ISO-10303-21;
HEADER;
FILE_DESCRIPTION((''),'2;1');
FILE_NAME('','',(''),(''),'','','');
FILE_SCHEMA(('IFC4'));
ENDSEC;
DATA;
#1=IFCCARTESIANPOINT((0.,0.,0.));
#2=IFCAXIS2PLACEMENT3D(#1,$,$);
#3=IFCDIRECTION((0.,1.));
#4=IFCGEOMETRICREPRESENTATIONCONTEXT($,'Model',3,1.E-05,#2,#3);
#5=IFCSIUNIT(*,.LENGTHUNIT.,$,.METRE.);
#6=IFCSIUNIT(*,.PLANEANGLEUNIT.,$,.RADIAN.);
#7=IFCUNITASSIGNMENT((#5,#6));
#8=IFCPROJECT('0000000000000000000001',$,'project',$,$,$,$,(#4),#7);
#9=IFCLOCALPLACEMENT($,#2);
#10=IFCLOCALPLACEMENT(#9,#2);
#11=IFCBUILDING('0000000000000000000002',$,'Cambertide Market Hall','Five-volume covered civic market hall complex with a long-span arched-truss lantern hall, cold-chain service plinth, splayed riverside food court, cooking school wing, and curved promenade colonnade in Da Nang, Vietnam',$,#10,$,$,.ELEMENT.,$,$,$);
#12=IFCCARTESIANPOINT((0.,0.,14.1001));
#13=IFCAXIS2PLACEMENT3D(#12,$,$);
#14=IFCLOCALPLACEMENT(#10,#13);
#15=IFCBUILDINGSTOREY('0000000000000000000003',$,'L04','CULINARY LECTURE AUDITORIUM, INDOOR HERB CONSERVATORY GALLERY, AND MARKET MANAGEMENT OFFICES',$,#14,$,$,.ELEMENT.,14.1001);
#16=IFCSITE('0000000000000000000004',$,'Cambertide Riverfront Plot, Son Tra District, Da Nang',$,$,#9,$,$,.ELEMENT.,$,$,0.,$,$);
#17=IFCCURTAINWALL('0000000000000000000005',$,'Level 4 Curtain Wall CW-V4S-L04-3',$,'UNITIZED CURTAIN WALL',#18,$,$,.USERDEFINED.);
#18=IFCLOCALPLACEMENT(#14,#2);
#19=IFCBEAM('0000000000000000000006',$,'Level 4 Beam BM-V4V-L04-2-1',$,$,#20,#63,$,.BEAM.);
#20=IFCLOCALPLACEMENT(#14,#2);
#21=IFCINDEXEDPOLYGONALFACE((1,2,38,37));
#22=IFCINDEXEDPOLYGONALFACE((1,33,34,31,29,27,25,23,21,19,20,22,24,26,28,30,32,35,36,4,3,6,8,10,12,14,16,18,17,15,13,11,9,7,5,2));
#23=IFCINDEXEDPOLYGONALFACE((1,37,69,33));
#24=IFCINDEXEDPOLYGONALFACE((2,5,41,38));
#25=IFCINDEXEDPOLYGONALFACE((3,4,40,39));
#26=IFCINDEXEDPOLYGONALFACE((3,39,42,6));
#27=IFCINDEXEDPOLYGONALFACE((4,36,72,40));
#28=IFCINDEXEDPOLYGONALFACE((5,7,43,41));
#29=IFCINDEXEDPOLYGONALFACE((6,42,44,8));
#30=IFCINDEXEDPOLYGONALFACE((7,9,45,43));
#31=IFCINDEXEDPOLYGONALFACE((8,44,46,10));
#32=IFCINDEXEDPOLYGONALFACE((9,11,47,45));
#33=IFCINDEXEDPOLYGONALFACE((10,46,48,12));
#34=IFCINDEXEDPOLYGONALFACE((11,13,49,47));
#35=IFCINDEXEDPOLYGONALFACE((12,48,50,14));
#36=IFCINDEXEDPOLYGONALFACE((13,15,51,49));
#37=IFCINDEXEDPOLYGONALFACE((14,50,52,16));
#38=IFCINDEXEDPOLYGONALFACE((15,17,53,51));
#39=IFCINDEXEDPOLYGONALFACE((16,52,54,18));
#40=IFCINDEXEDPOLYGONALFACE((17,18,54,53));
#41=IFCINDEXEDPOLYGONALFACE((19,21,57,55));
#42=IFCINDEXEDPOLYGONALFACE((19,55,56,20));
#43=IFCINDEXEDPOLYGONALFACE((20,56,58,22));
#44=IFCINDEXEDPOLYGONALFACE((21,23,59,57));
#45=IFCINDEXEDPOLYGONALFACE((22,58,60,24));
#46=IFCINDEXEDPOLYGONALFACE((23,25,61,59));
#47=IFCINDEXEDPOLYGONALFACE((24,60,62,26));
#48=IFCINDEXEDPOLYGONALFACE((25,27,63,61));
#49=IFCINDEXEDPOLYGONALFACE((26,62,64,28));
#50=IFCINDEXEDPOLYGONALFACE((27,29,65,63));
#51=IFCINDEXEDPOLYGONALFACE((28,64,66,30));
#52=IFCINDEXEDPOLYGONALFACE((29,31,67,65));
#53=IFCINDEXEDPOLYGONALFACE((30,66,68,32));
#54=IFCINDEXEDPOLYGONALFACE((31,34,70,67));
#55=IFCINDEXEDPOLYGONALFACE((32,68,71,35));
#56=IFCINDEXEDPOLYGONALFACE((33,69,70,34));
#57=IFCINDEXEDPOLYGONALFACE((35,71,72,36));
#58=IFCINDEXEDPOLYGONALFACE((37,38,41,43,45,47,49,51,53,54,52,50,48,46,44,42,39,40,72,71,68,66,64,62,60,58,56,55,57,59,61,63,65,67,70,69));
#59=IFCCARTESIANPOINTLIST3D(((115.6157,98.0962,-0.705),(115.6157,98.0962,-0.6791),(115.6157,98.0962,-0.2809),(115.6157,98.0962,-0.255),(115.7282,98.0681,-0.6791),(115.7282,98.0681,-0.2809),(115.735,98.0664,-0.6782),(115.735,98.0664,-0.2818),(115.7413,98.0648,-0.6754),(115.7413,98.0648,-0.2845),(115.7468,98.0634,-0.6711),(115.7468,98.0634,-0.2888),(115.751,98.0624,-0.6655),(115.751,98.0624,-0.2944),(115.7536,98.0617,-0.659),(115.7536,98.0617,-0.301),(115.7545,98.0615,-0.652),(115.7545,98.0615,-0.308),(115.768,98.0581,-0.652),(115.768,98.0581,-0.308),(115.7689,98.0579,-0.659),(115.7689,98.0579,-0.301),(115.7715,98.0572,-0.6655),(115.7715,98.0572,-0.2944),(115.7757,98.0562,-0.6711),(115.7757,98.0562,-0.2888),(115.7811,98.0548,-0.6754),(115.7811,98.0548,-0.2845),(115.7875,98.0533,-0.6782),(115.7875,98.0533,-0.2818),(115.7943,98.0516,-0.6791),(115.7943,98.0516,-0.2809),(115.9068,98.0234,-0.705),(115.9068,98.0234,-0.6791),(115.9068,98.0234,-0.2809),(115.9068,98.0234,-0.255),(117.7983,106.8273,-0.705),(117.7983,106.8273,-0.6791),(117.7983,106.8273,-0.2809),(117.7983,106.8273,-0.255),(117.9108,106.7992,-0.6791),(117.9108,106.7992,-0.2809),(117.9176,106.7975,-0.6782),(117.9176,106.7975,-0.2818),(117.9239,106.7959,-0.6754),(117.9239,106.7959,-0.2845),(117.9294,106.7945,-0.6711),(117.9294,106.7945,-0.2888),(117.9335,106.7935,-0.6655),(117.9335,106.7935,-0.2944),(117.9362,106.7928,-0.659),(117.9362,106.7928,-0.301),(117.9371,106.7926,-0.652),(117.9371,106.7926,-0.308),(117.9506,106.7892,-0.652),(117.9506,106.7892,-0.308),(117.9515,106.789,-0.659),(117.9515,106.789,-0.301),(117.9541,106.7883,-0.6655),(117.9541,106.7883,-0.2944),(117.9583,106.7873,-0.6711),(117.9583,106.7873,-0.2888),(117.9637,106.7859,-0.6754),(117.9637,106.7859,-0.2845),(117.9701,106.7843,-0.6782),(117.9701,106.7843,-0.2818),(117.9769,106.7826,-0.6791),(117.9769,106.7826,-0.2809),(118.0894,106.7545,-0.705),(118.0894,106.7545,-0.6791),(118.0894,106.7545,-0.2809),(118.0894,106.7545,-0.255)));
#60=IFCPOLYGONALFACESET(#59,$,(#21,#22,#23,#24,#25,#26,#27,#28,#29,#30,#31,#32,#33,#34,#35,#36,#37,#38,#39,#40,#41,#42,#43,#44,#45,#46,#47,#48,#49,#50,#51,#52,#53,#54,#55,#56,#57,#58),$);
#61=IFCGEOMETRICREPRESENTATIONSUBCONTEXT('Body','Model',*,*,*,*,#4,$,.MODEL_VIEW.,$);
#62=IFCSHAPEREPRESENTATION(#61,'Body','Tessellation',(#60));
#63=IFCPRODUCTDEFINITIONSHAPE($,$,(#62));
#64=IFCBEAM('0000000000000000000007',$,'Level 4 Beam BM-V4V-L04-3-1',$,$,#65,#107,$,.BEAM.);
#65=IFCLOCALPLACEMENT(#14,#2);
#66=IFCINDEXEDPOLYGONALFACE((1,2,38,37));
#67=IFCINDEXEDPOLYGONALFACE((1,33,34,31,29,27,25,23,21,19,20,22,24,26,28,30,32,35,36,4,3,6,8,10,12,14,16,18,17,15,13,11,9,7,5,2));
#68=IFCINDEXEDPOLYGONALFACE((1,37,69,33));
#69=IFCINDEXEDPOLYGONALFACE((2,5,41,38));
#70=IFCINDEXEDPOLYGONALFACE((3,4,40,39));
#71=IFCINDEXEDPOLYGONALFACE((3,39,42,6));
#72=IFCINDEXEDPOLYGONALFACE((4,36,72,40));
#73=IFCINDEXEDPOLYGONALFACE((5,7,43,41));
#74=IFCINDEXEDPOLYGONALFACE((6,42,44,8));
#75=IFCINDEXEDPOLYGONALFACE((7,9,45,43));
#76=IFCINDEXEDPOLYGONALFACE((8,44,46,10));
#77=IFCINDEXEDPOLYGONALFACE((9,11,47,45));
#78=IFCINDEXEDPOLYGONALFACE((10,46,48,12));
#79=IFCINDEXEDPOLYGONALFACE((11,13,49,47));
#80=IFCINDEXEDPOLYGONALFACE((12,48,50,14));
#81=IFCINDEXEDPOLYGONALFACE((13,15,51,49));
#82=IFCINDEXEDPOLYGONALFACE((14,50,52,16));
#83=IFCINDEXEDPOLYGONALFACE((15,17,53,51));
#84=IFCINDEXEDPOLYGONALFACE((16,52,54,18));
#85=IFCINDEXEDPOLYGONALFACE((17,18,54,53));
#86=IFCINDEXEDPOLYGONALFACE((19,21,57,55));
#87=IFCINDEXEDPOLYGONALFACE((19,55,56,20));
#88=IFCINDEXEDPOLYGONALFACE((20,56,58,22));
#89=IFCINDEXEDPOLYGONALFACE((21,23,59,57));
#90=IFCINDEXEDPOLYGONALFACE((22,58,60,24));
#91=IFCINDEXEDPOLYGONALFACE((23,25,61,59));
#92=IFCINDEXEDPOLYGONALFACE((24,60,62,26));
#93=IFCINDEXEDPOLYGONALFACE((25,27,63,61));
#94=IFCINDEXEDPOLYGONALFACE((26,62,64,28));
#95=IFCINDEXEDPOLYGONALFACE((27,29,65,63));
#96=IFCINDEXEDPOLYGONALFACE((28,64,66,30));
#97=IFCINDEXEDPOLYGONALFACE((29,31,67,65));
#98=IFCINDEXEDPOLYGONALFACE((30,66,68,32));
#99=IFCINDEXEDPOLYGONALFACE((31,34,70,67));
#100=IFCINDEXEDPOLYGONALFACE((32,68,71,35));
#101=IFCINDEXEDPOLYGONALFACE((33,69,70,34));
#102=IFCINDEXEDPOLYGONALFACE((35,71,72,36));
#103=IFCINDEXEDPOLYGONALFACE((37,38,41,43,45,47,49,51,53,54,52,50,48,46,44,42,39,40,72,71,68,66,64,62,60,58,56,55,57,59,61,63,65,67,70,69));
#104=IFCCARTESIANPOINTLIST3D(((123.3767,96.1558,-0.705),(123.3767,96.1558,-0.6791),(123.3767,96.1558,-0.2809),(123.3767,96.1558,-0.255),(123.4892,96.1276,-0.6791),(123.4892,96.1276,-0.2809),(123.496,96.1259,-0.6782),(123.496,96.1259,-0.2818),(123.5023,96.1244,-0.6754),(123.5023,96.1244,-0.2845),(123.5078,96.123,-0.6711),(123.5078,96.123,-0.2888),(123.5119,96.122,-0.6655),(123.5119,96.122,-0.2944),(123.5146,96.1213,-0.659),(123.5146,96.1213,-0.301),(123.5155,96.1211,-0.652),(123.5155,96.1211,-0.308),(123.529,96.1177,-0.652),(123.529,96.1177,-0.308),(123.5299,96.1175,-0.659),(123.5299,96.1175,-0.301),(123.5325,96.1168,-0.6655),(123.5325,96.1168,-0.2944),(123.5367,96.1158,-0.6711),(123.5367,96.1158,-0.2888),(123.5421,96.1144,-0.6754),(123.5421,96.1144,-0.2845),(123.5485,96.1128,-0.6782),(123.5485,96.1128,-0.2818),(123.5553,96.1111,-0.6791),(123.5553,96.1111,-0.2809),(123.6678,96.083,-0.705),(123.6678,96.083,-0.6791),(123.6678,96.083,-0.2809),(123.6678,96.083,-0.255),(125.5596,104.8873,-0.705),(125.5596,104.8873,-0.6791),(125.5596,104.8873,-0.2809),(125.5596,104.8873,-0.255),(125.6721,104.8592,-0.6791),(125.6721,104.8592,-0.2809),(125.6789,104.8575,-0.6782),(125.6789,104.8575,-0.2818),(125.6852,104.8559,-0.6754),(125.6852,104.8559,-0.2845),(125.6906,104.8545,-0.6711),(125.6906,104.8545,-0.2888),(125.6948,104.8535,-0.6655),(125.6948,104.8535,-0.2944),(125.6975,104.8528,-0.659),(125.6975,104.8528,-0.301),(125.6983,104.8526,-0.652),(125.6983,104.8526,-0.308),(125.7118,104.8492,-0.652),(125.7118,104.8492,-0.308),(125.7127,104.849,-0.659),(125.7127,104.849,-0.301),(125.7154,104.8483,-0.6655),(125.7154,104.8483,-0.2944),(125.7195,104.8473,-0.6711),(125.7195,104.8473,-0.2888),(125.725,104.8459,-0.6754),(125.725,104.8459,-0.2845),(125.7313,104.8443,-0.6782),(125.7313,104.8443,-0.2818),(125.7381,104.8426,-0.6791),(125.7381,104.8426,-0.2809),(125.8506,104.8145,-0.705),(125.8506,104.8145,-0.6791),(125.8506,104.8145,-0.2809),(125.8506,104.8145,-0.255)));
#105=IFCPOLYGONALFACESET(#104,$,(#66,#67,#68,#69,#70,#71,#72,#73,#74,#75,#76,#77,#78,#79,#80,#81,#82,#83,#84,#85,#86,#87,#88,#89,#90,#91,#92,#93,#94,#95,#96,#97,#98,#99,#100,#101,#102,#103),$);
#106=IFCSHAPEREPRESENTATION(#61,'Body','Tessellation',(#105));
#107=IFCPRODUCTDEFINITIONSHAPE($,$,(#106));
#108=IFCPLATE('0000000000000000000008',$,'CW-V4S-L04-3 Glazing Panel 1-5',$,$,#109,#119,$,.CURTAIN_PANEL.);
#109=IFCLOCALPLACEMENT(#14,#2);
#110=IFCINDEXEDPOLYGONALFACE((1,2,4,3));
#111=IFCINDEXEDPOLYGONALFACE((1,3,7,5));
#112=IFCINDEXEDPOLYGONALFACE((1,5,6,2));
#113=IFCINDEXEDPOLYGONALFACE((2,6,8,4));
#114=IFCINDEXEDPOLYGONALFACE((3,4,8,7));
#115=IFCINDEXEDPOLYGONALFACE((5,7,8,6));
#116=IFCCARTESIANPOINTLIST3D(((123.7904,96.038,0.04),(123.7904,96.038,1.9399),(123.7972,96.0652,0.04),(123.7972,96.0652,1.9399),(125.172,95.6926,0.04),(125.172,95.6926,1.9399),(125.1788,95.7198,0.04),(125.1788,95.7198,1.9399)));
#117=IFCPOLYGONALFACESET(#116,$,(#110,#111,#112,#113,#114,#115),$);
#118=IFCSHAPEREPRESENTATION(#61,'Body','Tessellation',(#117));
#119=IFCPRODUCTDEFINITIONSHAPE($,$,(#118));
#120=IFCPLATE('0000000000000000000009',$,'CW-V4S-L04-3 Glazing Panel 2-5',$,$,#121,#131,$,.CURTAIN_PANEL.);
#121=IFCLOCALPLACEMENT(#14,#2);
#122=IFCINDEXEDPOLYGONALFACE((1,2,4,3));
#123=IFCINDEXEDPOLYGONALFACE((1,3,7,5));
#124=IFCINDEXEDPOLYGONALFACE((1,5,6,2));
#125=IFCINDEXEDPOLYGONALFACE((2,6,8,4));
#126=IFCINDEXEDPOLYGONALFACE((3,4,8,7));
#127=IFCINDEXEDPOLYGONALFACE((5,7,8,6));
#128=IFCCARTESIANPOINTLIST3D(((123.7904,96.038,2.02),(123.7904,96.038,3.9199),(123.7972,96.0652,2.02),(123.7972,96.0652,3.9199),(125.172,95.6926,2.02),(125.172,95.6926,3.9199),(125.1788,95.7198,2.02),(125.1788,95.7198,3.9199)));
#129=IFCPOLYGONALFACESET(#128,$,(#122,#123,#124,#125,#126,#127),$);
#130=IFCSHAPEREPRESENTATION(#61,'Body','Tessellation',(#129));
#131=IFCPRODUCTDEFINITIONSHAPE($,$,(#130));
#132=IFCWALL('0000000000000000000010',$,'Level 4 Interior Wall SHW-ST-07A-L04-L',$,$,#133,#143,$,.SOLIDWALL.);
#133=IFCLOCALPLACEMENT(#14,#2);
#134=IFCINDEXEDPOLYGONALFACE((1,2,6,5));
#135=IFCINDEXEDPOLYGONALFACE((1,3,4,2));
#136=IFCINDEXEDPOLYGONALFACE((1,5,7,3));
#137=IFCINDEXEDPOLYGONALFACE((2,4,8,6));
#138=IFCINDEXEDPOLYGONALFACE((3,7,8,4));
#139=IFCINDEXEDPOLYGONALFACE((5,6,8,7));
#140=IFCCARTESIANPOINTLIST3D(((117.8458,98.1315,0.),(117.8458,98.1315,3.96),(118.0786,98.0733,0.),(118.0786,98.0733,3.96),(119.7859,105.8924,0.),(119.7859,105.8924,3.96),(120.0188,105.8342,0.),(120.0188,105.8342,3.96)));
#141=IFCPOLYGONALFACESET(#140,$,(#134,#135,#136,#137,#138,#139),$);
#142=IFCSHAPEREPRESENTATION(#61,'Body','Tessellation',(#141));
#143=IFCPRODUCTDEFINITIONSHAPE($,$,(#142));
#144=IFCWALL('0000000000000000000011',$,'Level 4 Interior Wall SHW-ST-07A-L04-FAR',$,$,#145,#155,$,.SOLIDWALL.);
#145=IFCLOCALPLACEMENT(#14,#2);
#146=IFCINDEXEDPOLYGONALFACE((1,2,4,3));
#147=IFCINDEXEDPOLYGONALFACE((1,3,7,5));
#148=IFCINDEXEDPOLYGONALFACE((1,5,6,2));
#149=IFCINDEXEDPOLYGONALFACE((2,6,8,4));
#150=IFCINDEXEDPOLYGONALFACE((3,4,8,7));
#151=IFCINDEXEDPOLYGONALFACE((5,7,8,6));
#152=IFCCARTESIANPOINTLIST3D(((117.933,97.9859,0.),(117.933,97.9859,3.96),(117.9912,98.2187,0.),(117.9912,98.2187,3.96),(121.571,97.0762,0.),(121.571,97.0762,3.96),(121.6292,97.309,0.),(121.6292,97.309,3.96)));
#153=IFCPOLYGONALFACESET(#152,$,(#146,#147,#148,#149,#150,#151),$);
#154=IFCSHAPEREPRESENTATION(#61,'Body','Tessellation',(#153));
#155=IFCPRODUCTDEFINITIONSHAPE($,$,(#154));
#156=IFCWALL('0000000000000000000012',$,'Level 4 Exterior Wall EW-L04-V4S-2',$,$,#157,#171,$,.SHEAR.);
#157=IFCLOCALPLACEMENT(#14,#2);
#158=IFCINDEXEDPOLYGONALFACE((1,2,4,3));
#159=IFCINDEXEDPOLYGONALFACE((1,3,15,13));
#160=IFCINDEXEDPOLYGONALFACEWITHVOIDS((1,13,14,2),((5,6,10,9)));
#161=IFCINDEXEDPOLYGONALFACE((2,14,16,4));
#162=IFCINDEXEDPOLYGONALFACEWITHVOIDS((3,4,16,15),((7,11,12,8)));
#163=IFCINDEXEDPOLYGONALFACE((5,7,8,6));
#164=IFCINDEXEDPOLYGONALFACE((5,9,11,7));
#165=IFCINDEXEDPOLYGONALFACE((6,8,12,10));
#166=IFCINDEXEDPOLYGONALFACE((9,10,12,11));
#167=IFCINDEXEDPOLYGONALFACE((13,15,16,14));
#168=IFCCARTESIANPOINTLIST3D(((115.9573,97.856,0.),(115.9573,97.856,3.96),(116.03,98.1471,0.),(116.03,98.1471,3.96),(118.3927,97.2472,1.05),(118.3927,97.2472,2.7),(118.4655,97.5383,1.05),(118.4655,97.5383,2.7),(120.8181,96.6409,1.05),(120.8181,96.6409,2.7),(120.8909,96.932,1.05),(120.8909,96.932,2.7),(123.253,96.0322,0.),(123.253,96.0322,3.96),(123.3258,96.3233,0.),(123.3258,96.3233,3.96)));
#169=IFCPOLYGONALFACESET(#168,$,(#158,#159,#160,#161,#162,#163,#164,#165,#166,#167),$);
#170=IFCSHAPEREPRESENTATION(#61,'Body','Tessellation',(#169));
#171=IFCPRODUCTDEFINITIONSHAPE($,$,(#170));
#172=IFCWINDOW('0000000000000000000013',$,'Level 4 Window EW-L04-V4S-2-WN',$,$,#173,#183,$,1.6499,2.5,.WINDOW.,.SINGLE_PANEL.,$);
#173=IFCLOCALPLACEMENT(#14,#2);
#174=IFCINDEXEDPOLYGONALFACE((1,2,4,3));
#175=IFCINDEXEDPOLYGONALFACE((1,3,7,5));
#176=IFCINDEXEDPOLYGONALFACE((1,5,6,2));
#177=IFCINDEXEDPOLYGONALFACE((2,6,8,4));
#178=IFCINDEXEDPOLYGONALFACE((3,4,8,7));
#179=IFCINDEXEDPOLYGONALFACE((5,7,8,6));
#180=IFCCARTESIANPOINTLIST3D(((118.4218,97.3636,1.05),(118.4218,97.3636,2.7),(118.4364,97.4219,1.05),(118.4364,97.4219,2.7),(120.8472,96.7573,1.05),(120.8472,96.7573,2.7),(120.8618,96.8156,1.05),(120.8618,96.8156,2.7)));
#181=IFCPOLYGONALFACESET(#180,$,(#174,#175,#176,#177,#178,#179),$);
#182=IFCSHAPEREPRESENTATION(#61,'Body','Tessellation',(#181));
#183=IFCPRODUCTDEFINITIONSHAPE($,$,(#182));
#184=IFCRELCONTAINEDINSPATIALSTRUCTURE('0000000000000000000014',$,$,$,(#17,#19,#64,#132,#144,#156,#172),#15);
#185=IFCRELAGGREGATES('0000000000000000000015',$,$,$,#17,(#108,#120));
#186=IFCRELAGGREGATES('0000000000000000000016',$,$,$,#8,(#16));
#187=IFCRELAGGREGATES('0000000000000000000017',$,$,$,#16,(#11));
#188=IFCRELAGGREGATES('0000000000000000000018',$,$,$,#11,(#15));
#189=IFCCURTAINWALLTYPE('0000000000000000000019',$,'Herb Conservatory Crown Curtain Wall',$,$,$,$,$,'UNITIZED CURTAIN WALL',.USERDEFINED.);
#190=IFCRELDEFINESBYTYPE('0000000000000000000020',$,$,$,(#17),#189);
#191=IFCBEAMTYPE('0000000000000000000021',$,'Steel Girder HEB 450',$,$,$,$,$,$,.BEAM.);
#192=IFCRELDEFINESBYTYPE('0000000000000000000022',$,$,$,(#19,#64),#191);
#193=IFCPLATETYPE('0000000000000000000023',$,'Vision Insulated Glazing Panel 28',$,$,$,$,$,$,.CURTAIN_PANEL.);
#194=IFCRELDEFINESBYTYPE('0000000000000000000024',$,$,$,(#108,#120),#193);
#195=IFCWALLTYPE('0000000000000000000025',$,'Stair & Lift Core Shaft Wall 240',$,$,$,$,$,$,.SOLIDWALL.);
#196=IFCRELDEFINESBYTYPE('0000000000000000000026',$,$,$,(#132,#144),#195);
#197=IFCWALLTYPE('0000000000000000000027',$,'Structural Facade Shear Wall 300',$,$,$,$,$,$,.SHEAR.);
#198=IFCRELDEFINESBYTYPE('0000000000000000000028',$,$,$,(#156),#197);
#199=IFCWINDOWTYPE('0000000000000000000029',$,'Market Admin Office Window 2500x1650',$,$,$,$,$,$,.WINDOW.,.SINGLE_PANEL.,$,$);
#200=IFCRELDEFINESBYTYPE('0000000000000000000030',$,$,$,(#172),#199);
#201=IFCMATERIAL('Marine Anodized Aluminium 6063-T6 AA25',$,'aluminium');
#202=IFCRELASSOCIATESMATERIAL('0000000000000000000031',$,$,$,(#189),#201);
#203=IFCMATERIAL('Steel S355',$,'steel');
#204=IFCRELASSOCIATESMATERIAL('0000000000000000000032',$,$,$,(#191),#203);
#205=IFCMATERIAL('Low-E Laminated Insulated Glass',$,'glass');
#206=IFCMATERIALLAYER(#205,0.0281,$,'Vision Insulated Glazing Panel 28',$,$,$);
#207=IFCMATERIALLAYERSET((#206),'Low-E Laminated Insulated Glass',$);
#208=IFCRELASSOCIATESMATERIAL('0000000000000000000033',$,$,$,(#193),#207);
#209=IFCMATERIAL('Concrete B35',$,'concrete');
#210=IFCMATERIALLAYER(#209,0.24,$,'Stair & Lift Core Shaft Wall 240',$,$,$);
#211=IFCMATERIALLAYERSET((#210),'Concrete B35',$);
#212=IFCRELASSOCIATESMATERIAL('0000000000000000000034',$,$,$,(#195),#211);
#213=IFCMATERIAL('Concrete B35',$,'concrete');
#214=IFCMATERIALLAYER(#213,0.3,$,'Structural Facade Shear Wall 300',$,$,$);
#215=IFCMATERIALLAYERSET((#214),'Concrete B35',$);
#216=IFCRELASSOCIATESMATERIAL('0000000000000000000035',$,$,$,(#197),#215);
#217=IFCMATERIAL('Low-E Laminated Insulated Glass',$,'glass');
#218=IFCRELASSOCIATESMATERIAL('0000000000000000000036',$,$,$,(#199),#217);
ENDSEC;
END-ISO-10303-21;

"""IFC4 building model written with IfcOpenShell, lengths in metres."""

from ifc_helpers import new_model, si_unit, direction, frame, frame_2d, origin, origin_2d, place, context, subcontext, project, spatial, rectangle, i_section, extrude, material, layer, layer_set, material_profile, profile_set, type_object, element, fill, aggregate, save


model = new_model("IFC4")

# Units and contexts
model_context = context("Model", 3, precision=1e-05, world=origin(), true_north=direction((0.0, 1.0)))
body_context = subcontext(model_context, "Body", "Model", "MODEL_VIEW")
ifc_project = project(units=[si_unit("LENGTHUNIT", "METRE"), si_unit("PLANEANGLEUNIT", "RADIAN")], contexts=[model_context])

# Site, building, storey
site_placement = place(None, origin())
site = spatial("IfcSite", under=ifc_project, at=site_placement, Name="Cambertide Riverfront Plot, Son Tra District, Da Nang", CompositionType="ELEMENT", RefElevation=0.0)
building_placement = place(site_placement, origin())
building = spatial("IfcBuilding", under=site, at=building_placement, Name="Cambertide Market Hall", Description="Five-volume covered civic market hall complex with a long-span arched-truss lantern hall, cold-chain service plinth, splayed riverside food court, cooking school wing, and curved promenade colonnade in Da Nang, Vietnam", CompositionType="ELEMENT")
storey_placement = place(building_placement, frame((0.0, 0.0, 14.1001)))
storey = spatial("IfcBuildingStorey", under=building, at=storey_placement, Name="L04", Description="CULINARY LECTURE AUDITORIUM, INDOOR HERB CONSERVATORY GALLERY, AND MARKET MANAGEMENT OFFICES", CompositionType="ELEMENT", Elevation=14.1001)

# Curtain wall
ifc_material_1 = material(Name="Marine Anodized Aluminium 6063-T6 AA25", Category="aluminium")
curtain_wall_type = type_object("IfcCurtainWallType", Name="Herb Conservatory Crown Curtain Wall", ElementType="UNITIZED CURTAIN WALL", PredefinedType="USERDEFINED", material=ifc_material_1)
curtain_wall_placement = place(storey_placement, origin())
curtain_wall = element("IfcCurtainWall", 1, at=curtain_wall_placement, inside=storey, type_object=curtain_wall_type, Name="Level 4 Curtain Wall CW-V4S-L04-3", ObjectType="UNITIZED CURTAIN WALL", PredefinedType="USERDEFINED")

# Beams
ifc_material_2 = material(Name="Steel S355", Category="steel")
ifc_material_profile_1 = material_profile(ifc_material_2, i_section(OverallWidth=0.3, OverallDepth=0.45, WebThickness=0.0139, FlangeThickness=0.0259, FilletRadius=0.0271, at=origin_2d()), Name="HEB 450")
ifc_profile_set_1 = profile_set([ifc_material_profile_1], Name="Steel S355")
beam_type_1 = type_object("IfcBeamType", Name="Steel Girder HEB 450", PredefinedType="BEAM", material=ifc_profile_set_1)
beam_1_placement = place(storey_placement, frame((115.7612, 98.0598, -0.48), z_axis=(0.242516, 0.970147, 0.0), x_axis=(-0.970147, 0.242516, 0.0)))
element("IfcBeam", 2, at=beam_1_placement, inside=storey, type_object=beam_type_1, Name="Level 4 Beam BM-V4V-L04-2-1", PredefinedType="BEAM", context=body_context, shape_type="SweptSolid", body=[
    extrude(i_section(OverallWidth=0.3, OverallDepth=0.45, WebThickness=0.0139, FlangeThickness=0.0259, FilletRadius=0.0271, at=origin_2d()), origin(), (0.0, 0.0, 1.0), 8.9998),
])
beam_2_placement = place(storey_placement, frame((123.5222, 96.1194, -0.48), z_axis=(0.242536, 0.970143, 0.0), x_axis=(-0.970143, 0.242536, 0.0)))
element("IfcBeam", 3, at=beam_2_placement, inside=storey, type_object=beam_type_1, Name="Level 4 Beam BM-V4V-L04-3-1", PredefinedType="BEAM", context=body_context, shape_type="SweptSolid", body=[
    extrude(i_section(OverallWidth=0.3, OverallDepth=0.45, WebThickness=0.0139, FlangeThickness=0.0259, FilletRadius=0.0271, at=origin_2d()), origin(), (0.0, 0.0, 1.0), 9.0002),
])

# Plates
ifc_material_3 = material(Name="Low-E Laminated Insulated Glass", Category="glass")
ifc_layer_1 = layer(ifc_material_3, 0.0281, Name="Vision Insulated Glazing Panel 28")
ifc_layer_set_1 = layer_set([ifc_layer_1], Name="Low-E Laminated Insulated Glass")
plate_type = type_object("IfcPlateType", Name="Vision Insulated Glazing Panel 28", PredefinedType="CURTAIN_PANEL", material=ifc_layer_set_1)
plate_1_placement = place(storey_placement, frame((124.4846, 95.8789, 0.04), z_axis=(0.0, 0.0, 1.0), x_axis=(-0.970143, 0.242535, 0.0)))
plate_1 = element("IfcPlate", 4, at=plate_1_placement, type_object=plate_type, Name="CW-V4S-L04-3 Glazing Panel 1-5", PredefinedType="CURTAIN_PANEL", context=body_context, shape_type="SweptSolid", body=[
    extrude(rectangle(XDim=1.4241, YDim=0.0281, at=origin_2d()), origin(), (0.0, 0.0, 1.0), 1.8999),
])
plate_2_placement = place(storey_placement, frame((124.4846, 95.8789, 2.02), z_axis=(0.0, 0.0, 1.0), x_axis=(-0.970143, 0.242535, 0.0)))
plate_2 = element("IfcPlate", 5, at=plate_2_placement, type_object=plate_type, Name="CW-V4S-L04-3 Glazing Panel 2-5", PredefinedType="CURTAIN_PANEL", context=body_context, shape_type="SweptSolid", body=[
    extrude(rectangle(XDim=1.4241, YDim=0.0281, at=origin_2d()), origin(), (0.0, 0.0, 1.0), 1.8999),
])
aggregate(curtain_wall, [plate_1, plate_2])

# Walls
ifc_material_4 = material(Name="Concrete B35", Category="concrete")
ifc_layer_2 = layer(ifc_material_4, 0.24, Name="Stair & Lift Core Shaft Wall 240")
ifc_layer_set_2 = layer_set([ifc_layer_2], Name="Concrete B35")
wall_type_1 = type_object("IfcWallType", Name="Stair & Lift Core Shaft Wall 240", PredefinedType="SOLIDWALL", material=ifc_layer_set_2)
wall_1_placement = place(storey_placement, frame((117.9622, 98.1023, 0.0), z_axis=(0.0, 0.0, 1.0), x_axis=(0.242528, 0.970144, 0.0)))
element("IfcWall", 6, at=wall_1_placement, inside=storey, type_object=wall_type_1, Name="Level 4 Interior Wall SHW-ST-07A-L04-L", PredefinedType="SOLIDWALL", context=body_context, shape_type="SweptSolid", body=[
    extrude(rectangle(XDim=7.9998, YDim=0.24, at=frame_2d((4.0, 0.0))), origin(), (0.0, 0.0, 1.0), 3.96),
])
wall_2_placement = place(storey_placement, frame((121.6001, 97.1926, 0.0), z_axis=(0.0, 0.0, 1.0), x_axis=(-0.970131, 0.242582, 0.0)))
element("IfcWall", 7, at=wall_2_placement, inside=storey, type_object=wall_type_1, Name="Level 4 Interior Wall SHW-ST-07A-L04-FAR", PredefinedType="SOLIDWALL", context=body_context, shape_type="SweptSolid", body=[
    extrude(rectangle(XDim=3.75, YDim=0.24, at=frame_2d((1.875, 0.0))), origin(), (0.0, 0.0, 1.0), 3.96),
])

# Wall, opening, window
ifc_material_5 = material(Name="Concrete B35", Category="concrete")
ifc_layer_3 = layer(ifc_material_5, 0.3, Name="Structural Facade Shear Wall 300")
ifc_layer_set_3 = layer_set([ifc_layer_3], Name="Concrete B35")
wall_type_2 = type_object("IfcWallType", Name="Structural Facade Shear Wall 300", PredefinedType="SHEAR", material=ifc_layer_set_3)
wall_3_placement = place(storey_placement, frame((123.2896, 96.1777, 0.0), z_axis=(0.0, 0.0, 1.0), x_axis=(-0.970148, 0.242513, 0.0)))
wall_3 = element("IfcWall", 8, at=wall_3_placement, inside=storey, type_object=wall_type_2, Name="Level 4 Exterior Wall EW-L04-V4S-2", PredefinedType="SHEAR", context=body_context, shape_type="SweptSolid", body=[
    extrude(rectangle(XDim=7.5203, YDim=0.3, at=frame_2d((3.7603, 0.0))), origin(), (0.0, 0.0, 1.0), 3.96),
])
opening_placement = place(wall_3_placement, frame((2.51, 0.0, 1.05)))
opening = element("IfcOpeningElement", 9, at=opening_placement, cuts=wall_3, PredefinedType="OPENING", context=body_context, shape_type="SweptSolid", body=[
    extrude(rectangle(XDim=2.5, YDim=1.6499, at=frame_2d((1.25, 0.825))), frame((0.0, 0.1599, 0.0), z_axis=(0.0, -1.0, 0.0), x_axis=(1.0, 0.0, 0.0)), (0.0, 0.0, 1.0), 0.3201),
])
ifc_material_6 = material(Name="Low-E Laminated Insulated Glass", Category="glass")
window_type = type_object("IfcWindowType", Name="Market Admin Office Window 2500x1650", PartitioningType="SINGLE_PANEL", PredefinedType="WINDOW", material=ifc_material_6)
window_placement = place(opening_placement, origin())
window = element("IfcWindow", 10, at=window_placement, inside=storey, type_object=window_type, Name="Level 4 Window EW-L04-V4S-2-WN", OverallHeight=1.6499, OverallWidth=2.5, PartitioningType="SINGLE_PANEL", PredefinedType="WINDOW", context=body_context, shape_type="SweptSolid", body=[
    extrude(rectangle(XDim=2.5, YDim=1.6499, at=frame_2d((1.25, 0.825))), frame((0.0, 0.03, 0.0), z_axis=(0.0, -1.0, 0.0), x_axis=(1.0, 0.0, 0.0)), (0.0, 0.0, 1.0), 0.0601),
])
fill(opening, window)

save(model, "model.ifc")
